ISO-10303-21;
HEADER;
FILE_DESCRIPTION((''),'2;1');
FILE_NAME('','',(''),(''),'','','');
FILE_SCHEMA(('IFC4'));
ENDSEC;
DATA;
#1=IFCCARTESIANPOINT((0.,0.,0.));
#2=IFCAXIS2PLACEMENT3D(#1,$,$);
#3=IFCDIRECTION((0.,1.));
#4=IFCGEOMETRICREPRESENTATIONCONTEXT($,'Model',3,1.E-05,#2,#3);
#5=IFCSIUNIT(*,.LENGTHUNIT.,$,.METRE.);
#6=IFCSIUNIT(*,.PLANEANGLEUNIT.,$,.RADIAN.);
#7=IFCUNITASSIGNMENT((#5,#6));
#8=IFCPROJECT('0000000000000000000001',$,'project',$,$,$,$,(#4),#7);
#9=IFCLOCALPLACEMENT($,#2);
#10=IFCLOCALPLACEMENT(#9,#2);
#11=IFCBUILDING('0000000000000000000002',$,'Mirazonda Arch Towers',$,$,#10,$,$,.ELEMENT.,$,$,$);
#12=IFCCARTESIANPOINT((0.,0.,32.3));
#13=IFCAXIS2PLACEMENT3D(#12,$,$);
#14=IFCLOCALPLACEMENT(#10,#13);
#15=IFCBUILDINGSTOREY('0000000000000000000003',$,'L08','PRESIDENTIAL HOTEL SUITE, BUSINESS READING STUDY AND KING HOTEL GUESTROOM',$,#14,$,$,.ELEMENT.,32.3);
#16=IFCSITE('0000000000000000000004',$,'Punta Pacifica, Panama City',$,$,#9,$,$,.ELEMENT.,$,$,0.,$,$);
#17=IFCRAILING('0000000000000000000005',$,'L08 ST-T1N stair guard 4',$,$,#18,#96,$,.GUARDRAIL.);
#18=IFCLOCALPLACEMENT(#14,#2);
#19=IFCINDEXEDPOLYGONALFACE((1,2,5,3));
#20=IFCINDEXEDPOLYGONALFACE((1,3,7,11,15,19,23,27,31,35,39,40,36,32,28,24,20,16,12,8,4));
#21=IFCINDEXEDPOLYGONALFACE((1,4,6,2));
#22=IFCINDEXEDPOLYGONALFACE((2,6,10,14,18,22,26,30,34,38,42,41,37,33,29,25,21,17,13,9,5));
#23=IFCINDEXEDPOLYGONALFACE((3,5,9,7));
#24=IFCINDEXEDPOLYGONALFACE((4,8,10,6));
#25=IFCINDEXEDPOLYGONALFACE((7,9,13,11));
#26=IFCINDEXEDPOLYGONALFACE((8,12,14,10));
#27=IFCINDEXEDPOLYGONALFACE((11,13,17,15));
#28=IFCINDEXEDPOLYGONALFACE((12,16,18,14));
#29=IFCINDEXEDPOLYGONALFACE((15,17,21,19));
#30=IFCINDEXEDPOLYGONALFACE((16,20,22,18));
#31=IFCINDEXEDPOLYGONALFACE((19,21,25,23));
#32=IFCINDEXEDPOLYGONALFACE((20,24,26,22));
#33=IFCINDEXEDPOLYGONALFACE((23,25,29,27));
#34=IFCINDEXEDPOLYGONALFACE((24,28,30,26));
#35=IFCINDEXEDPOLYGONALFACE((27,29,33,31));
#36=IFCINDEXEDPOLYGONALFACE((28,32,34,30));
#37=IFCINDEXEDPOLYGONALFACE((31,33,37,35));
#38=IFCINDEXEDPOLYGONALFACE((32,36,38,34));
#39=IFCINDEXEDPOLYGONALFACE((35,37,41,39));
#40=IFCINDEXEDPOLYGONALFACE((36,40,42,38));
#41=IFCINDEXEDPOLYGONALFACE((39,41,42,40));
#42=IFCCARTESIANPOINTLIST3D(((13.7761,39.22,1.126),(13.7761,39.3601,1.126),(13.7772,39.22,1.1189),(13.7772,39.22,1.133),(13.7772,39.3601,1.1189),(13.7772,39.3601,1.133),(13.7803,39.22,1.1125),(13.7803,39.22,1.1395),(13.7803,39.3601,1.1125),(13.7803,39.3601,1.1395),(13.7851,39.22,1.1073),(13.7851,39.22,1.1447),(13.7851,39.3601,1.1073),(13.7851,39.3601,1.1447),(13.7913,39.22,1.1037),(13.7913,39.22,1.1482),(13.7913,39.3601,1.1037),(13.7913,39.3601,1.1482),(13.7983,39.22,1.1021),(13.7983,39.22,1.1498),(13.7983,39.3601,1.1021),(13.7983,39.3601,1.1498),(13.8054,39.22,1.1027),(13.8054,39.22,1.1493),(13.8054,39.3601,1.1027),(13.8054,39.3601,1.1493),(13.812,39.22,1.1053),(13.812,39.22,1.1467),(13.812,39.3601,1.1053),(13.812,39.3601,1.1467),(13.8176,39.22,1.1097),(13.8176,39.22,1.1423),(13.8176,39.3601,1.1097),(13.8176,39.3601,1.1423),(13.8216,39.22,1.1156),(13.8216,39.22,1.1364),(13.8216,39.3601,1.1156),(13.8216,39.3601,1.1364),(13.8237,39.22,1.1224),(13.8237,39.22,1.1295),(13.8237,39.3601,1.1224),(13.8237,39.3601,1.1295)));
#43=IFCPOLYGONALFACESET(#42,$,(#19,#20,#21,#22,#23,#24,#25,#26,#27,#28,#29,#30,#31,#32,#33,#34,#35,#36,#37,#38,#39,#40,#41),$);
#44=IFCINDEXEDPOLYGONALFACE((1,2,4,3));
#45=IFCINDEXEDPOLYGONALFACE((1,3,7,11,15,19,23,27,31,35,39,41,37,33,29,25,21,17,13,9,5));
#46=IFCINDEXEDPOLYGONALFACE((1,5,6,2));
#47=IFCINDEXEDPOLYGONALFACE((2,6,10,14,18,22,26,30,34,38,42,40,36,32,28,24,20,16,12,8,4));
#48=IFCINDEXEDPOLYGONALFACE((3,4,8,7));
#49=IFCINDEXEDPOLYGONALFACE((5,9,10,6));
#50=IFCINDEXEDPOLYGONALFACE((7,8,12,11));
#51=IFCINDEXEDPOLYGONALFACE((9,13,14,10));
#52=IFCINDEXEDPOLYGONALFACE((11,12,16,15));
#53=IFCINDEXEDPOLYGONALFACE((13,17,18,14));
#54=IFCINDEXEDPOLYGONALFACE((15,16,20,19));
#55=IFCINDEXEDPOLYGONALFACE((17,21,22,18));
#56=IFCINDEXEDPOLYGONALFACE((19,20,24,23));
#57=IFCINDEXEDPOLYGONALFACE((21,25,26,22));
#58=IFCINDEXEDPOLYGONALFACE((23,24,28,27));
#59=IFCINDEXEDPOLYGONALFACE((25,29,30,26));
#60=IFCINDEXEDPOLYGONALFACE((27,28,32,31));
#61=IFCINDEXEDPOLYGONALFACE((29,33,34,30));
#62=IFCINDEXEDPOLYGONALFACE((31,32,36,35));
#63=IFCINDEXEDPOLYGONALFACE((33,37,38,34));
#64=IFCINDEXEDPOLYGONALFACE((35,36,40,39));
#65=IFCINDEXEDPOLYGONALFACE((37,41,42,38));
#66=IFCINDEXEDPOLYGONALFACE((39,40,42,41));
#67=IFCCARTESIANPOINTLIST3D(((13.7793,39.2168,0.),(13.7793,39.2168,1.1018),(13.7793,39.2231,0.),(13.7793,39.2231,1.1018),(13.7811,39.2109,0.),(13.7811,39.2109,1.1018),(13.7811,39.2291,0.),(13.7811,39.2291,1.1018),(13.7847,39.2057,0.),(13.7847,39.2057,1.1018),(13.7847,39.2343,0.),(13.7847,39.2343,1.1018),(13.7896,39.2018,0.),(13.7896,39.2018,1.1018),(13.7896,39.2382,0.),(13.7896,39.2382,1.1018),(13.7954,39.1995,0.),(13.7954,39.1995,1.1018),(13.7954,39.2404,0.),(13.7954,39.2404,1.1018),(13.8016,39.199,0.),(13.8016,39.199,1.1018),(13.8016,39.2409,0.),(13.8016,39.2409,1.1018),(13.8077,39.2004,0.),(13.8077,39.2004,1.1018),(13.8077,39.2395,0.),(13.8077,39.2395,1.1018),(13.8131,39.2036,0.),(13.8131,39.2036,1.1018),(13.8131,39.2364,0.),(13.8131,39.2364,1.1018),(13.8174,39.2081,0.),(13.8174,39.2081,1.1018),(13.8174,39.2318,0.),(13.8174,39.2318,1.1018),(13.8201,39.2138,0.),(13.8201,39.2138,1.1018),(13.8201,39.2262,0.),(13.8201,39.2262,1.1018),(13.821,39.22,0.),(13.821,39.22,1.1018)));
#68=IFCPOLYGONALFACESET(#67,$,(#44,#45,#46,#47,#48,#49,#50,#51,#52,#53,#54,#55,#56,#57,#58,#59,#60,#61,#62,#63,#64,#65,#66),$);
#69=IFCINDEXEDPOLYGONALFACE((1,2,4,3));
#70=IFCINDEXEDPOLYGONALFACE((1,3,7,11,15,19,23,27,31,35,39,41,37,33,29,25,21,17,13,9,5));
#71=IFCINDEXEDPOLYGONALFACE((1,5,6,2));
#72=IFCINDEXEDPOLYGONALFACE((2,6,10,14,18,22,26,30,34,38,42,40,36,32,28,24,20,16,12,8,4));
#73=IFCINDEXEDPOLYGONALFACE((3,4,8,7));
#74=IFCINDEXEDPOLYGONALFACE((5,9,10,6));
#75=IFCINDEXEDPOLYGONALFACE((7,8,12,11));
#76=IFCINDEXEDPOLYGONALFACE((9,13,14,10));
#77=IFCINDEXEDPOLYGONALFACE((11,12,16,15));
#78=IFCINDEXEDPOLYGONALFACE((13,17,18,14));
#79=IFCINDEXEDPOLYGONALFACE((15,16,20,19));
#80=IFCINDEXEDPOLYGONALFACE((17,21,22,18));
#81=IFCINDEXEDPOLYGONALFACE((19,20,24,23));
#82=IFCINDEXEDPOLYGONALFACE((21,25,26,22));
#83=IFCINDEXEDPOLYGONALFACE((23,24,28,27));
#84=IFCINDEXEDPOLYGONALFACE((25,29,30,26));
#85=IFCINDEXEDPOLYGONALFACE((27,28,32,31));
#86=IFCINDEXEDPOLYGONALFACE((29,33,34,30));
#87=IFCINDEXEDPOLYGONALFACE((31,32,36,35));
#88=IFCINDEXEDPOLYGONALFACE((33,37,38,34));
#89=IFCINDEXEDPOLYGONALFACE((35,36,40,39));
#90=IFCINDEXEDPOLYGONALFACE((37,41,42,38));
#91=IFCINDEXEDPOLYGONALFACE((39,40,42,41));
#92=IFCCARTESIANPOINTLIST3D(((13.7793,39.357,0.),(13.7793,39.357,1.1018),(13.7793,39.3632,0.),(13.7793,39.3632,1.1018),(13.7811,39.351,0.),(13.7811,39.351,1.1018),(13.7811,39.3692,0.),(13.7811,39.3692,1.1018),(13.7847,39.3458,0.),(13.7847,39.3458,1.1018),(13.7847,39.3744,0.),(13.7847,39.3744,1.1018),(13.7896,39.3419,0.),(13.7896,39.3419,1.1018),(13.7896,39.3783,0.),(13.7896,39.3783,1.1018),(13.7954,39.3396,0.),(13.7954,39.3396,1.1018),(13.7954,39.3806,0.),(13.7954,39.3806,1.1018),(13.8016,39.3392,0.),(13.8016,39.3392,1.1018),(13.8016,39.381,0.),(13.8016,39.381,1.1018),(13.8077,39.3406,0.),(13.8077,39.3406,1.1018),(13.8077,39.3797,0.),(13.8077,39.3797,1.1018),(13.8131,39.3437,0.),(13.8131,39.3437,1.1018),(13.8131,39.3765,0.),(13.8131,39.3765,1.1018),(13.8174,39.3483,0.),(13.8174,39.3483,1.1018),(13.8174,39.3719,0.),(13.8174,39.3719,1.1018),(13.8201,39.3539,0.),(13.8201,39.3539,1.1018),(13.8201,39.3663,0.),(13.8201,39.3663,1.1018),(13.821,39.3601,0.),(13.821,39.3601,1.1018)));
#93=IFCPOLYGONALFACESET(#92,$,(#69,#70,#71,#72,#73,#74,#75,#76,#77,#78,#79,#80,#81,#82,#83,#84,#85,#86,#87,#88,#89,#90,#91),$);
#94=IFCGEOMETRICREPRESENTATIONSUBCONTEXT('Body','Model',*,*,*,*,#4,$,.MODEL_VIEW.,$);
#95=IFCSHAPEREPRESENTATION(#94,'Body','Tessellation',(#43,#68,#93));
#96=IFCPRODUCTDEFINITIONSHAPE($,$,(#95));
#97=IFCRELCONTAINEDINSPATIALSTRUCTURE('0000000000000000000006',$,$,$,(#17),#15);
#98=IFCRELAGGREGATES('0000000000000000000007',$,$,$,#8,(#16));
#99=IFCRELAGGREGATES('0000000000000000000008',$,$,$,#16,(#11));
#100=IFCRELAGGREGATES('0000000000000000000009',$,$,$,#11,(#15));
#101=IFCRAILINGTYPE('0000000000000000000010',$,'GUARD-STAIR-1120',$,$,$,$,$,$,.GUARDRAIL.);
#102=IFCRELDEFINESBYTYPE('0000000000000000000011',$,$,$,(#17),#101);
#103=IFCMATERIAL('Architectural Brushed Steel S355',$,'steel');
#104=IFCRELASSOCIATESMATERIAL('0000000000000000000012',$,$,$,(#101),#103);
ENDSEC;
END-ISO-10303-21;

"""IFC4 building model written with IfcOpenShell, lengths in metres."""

from ifc_helpers import new_model, si_unit, direction, frame, origin, origin_2d, place, context, subcontext, project, spatial, circle, extrude, material, type_object, element, save


model = new_model("IFC4")

# Units and contexts
model_context = context("Model", 3, precision=1e-05, world=origin(), true_north=direction((0.0, 1.0)))
body_context = subcontext(model_context, "Body", "Model", "MODEL_VIEW")
ifc_project = project(units=[si_unit("LENGTHUNIT", "METRE"), si_unit("PLANEANGLEUNIT", "RADIAN")], contexts=[model_context])

# Site, building, storey
site_placement = place(None, origin())
site = spatial("IfcSite", under=ifc_project, at=site_placement, Name="Punta Pacifica, Panama City", CompositionType="ELEMENT", RefElevation=0.0)
building_placement = place(site_placement, origin())
building = spatial("IfcBuilding", under=site, at=building_placement, Name="Mirazonda Arch Towers", CompositionType="ELEMENT")
storey_placement = place(building_placement, frame((0.0, 0.0, 32.3)))
storey = spatial("IfcBuildingStorey", under=building, at=storey_placement, Name="L08", Description="PRESIDENTIAL HOTEL SUITE, BUSINESS READING STUDY AND KING HOTEL GUESTROOM", CompositionType="ELEMENT", Elevation=32.3)

# Shared definitions
ifc_material_1 = material(Name="Architectural Brushed Steel S355", Category="steel")

# Railing
railing_type_1 = type_object("IfcRailingType", Name="GUARD-STAIR-1120", PredefinedType="GUARDRAIL", material=ifc_material_1)
railing_1_placement = place(storey_placement, frame((13.8, 39.22, 0.0)))
element("IfcRailing", 1, at=railing_1_placement, inside=storey, type_object=railing_type_1, Name="L08 ST-T1N stair guard 4", PredefinedType="GUARDRAIL", context=body_context, shape_type="SweptSolid", body=[
    extrude(circle(Radius=0.0239, at=origin_2d()), frame((0.0, 0.0, 1.126), z_axis=(0.0, 1.0, 0.0), x_axis=(-1.0, 0.0, 0.0)), (0.0, 0.0, 1.0), 0.1401),
    extrude(circle(Radius=0.021, at=origin_2d()), origin(), (0.0, 0.0, 1.0), 1.1018),
    extrude(circle(Radius=0.021, at=origin_2d()), frame((0.0, 0.1401, 0.0)), (0.0, 0.0, 1.0), 1.1018),
])

save(model, "model.ifc")
